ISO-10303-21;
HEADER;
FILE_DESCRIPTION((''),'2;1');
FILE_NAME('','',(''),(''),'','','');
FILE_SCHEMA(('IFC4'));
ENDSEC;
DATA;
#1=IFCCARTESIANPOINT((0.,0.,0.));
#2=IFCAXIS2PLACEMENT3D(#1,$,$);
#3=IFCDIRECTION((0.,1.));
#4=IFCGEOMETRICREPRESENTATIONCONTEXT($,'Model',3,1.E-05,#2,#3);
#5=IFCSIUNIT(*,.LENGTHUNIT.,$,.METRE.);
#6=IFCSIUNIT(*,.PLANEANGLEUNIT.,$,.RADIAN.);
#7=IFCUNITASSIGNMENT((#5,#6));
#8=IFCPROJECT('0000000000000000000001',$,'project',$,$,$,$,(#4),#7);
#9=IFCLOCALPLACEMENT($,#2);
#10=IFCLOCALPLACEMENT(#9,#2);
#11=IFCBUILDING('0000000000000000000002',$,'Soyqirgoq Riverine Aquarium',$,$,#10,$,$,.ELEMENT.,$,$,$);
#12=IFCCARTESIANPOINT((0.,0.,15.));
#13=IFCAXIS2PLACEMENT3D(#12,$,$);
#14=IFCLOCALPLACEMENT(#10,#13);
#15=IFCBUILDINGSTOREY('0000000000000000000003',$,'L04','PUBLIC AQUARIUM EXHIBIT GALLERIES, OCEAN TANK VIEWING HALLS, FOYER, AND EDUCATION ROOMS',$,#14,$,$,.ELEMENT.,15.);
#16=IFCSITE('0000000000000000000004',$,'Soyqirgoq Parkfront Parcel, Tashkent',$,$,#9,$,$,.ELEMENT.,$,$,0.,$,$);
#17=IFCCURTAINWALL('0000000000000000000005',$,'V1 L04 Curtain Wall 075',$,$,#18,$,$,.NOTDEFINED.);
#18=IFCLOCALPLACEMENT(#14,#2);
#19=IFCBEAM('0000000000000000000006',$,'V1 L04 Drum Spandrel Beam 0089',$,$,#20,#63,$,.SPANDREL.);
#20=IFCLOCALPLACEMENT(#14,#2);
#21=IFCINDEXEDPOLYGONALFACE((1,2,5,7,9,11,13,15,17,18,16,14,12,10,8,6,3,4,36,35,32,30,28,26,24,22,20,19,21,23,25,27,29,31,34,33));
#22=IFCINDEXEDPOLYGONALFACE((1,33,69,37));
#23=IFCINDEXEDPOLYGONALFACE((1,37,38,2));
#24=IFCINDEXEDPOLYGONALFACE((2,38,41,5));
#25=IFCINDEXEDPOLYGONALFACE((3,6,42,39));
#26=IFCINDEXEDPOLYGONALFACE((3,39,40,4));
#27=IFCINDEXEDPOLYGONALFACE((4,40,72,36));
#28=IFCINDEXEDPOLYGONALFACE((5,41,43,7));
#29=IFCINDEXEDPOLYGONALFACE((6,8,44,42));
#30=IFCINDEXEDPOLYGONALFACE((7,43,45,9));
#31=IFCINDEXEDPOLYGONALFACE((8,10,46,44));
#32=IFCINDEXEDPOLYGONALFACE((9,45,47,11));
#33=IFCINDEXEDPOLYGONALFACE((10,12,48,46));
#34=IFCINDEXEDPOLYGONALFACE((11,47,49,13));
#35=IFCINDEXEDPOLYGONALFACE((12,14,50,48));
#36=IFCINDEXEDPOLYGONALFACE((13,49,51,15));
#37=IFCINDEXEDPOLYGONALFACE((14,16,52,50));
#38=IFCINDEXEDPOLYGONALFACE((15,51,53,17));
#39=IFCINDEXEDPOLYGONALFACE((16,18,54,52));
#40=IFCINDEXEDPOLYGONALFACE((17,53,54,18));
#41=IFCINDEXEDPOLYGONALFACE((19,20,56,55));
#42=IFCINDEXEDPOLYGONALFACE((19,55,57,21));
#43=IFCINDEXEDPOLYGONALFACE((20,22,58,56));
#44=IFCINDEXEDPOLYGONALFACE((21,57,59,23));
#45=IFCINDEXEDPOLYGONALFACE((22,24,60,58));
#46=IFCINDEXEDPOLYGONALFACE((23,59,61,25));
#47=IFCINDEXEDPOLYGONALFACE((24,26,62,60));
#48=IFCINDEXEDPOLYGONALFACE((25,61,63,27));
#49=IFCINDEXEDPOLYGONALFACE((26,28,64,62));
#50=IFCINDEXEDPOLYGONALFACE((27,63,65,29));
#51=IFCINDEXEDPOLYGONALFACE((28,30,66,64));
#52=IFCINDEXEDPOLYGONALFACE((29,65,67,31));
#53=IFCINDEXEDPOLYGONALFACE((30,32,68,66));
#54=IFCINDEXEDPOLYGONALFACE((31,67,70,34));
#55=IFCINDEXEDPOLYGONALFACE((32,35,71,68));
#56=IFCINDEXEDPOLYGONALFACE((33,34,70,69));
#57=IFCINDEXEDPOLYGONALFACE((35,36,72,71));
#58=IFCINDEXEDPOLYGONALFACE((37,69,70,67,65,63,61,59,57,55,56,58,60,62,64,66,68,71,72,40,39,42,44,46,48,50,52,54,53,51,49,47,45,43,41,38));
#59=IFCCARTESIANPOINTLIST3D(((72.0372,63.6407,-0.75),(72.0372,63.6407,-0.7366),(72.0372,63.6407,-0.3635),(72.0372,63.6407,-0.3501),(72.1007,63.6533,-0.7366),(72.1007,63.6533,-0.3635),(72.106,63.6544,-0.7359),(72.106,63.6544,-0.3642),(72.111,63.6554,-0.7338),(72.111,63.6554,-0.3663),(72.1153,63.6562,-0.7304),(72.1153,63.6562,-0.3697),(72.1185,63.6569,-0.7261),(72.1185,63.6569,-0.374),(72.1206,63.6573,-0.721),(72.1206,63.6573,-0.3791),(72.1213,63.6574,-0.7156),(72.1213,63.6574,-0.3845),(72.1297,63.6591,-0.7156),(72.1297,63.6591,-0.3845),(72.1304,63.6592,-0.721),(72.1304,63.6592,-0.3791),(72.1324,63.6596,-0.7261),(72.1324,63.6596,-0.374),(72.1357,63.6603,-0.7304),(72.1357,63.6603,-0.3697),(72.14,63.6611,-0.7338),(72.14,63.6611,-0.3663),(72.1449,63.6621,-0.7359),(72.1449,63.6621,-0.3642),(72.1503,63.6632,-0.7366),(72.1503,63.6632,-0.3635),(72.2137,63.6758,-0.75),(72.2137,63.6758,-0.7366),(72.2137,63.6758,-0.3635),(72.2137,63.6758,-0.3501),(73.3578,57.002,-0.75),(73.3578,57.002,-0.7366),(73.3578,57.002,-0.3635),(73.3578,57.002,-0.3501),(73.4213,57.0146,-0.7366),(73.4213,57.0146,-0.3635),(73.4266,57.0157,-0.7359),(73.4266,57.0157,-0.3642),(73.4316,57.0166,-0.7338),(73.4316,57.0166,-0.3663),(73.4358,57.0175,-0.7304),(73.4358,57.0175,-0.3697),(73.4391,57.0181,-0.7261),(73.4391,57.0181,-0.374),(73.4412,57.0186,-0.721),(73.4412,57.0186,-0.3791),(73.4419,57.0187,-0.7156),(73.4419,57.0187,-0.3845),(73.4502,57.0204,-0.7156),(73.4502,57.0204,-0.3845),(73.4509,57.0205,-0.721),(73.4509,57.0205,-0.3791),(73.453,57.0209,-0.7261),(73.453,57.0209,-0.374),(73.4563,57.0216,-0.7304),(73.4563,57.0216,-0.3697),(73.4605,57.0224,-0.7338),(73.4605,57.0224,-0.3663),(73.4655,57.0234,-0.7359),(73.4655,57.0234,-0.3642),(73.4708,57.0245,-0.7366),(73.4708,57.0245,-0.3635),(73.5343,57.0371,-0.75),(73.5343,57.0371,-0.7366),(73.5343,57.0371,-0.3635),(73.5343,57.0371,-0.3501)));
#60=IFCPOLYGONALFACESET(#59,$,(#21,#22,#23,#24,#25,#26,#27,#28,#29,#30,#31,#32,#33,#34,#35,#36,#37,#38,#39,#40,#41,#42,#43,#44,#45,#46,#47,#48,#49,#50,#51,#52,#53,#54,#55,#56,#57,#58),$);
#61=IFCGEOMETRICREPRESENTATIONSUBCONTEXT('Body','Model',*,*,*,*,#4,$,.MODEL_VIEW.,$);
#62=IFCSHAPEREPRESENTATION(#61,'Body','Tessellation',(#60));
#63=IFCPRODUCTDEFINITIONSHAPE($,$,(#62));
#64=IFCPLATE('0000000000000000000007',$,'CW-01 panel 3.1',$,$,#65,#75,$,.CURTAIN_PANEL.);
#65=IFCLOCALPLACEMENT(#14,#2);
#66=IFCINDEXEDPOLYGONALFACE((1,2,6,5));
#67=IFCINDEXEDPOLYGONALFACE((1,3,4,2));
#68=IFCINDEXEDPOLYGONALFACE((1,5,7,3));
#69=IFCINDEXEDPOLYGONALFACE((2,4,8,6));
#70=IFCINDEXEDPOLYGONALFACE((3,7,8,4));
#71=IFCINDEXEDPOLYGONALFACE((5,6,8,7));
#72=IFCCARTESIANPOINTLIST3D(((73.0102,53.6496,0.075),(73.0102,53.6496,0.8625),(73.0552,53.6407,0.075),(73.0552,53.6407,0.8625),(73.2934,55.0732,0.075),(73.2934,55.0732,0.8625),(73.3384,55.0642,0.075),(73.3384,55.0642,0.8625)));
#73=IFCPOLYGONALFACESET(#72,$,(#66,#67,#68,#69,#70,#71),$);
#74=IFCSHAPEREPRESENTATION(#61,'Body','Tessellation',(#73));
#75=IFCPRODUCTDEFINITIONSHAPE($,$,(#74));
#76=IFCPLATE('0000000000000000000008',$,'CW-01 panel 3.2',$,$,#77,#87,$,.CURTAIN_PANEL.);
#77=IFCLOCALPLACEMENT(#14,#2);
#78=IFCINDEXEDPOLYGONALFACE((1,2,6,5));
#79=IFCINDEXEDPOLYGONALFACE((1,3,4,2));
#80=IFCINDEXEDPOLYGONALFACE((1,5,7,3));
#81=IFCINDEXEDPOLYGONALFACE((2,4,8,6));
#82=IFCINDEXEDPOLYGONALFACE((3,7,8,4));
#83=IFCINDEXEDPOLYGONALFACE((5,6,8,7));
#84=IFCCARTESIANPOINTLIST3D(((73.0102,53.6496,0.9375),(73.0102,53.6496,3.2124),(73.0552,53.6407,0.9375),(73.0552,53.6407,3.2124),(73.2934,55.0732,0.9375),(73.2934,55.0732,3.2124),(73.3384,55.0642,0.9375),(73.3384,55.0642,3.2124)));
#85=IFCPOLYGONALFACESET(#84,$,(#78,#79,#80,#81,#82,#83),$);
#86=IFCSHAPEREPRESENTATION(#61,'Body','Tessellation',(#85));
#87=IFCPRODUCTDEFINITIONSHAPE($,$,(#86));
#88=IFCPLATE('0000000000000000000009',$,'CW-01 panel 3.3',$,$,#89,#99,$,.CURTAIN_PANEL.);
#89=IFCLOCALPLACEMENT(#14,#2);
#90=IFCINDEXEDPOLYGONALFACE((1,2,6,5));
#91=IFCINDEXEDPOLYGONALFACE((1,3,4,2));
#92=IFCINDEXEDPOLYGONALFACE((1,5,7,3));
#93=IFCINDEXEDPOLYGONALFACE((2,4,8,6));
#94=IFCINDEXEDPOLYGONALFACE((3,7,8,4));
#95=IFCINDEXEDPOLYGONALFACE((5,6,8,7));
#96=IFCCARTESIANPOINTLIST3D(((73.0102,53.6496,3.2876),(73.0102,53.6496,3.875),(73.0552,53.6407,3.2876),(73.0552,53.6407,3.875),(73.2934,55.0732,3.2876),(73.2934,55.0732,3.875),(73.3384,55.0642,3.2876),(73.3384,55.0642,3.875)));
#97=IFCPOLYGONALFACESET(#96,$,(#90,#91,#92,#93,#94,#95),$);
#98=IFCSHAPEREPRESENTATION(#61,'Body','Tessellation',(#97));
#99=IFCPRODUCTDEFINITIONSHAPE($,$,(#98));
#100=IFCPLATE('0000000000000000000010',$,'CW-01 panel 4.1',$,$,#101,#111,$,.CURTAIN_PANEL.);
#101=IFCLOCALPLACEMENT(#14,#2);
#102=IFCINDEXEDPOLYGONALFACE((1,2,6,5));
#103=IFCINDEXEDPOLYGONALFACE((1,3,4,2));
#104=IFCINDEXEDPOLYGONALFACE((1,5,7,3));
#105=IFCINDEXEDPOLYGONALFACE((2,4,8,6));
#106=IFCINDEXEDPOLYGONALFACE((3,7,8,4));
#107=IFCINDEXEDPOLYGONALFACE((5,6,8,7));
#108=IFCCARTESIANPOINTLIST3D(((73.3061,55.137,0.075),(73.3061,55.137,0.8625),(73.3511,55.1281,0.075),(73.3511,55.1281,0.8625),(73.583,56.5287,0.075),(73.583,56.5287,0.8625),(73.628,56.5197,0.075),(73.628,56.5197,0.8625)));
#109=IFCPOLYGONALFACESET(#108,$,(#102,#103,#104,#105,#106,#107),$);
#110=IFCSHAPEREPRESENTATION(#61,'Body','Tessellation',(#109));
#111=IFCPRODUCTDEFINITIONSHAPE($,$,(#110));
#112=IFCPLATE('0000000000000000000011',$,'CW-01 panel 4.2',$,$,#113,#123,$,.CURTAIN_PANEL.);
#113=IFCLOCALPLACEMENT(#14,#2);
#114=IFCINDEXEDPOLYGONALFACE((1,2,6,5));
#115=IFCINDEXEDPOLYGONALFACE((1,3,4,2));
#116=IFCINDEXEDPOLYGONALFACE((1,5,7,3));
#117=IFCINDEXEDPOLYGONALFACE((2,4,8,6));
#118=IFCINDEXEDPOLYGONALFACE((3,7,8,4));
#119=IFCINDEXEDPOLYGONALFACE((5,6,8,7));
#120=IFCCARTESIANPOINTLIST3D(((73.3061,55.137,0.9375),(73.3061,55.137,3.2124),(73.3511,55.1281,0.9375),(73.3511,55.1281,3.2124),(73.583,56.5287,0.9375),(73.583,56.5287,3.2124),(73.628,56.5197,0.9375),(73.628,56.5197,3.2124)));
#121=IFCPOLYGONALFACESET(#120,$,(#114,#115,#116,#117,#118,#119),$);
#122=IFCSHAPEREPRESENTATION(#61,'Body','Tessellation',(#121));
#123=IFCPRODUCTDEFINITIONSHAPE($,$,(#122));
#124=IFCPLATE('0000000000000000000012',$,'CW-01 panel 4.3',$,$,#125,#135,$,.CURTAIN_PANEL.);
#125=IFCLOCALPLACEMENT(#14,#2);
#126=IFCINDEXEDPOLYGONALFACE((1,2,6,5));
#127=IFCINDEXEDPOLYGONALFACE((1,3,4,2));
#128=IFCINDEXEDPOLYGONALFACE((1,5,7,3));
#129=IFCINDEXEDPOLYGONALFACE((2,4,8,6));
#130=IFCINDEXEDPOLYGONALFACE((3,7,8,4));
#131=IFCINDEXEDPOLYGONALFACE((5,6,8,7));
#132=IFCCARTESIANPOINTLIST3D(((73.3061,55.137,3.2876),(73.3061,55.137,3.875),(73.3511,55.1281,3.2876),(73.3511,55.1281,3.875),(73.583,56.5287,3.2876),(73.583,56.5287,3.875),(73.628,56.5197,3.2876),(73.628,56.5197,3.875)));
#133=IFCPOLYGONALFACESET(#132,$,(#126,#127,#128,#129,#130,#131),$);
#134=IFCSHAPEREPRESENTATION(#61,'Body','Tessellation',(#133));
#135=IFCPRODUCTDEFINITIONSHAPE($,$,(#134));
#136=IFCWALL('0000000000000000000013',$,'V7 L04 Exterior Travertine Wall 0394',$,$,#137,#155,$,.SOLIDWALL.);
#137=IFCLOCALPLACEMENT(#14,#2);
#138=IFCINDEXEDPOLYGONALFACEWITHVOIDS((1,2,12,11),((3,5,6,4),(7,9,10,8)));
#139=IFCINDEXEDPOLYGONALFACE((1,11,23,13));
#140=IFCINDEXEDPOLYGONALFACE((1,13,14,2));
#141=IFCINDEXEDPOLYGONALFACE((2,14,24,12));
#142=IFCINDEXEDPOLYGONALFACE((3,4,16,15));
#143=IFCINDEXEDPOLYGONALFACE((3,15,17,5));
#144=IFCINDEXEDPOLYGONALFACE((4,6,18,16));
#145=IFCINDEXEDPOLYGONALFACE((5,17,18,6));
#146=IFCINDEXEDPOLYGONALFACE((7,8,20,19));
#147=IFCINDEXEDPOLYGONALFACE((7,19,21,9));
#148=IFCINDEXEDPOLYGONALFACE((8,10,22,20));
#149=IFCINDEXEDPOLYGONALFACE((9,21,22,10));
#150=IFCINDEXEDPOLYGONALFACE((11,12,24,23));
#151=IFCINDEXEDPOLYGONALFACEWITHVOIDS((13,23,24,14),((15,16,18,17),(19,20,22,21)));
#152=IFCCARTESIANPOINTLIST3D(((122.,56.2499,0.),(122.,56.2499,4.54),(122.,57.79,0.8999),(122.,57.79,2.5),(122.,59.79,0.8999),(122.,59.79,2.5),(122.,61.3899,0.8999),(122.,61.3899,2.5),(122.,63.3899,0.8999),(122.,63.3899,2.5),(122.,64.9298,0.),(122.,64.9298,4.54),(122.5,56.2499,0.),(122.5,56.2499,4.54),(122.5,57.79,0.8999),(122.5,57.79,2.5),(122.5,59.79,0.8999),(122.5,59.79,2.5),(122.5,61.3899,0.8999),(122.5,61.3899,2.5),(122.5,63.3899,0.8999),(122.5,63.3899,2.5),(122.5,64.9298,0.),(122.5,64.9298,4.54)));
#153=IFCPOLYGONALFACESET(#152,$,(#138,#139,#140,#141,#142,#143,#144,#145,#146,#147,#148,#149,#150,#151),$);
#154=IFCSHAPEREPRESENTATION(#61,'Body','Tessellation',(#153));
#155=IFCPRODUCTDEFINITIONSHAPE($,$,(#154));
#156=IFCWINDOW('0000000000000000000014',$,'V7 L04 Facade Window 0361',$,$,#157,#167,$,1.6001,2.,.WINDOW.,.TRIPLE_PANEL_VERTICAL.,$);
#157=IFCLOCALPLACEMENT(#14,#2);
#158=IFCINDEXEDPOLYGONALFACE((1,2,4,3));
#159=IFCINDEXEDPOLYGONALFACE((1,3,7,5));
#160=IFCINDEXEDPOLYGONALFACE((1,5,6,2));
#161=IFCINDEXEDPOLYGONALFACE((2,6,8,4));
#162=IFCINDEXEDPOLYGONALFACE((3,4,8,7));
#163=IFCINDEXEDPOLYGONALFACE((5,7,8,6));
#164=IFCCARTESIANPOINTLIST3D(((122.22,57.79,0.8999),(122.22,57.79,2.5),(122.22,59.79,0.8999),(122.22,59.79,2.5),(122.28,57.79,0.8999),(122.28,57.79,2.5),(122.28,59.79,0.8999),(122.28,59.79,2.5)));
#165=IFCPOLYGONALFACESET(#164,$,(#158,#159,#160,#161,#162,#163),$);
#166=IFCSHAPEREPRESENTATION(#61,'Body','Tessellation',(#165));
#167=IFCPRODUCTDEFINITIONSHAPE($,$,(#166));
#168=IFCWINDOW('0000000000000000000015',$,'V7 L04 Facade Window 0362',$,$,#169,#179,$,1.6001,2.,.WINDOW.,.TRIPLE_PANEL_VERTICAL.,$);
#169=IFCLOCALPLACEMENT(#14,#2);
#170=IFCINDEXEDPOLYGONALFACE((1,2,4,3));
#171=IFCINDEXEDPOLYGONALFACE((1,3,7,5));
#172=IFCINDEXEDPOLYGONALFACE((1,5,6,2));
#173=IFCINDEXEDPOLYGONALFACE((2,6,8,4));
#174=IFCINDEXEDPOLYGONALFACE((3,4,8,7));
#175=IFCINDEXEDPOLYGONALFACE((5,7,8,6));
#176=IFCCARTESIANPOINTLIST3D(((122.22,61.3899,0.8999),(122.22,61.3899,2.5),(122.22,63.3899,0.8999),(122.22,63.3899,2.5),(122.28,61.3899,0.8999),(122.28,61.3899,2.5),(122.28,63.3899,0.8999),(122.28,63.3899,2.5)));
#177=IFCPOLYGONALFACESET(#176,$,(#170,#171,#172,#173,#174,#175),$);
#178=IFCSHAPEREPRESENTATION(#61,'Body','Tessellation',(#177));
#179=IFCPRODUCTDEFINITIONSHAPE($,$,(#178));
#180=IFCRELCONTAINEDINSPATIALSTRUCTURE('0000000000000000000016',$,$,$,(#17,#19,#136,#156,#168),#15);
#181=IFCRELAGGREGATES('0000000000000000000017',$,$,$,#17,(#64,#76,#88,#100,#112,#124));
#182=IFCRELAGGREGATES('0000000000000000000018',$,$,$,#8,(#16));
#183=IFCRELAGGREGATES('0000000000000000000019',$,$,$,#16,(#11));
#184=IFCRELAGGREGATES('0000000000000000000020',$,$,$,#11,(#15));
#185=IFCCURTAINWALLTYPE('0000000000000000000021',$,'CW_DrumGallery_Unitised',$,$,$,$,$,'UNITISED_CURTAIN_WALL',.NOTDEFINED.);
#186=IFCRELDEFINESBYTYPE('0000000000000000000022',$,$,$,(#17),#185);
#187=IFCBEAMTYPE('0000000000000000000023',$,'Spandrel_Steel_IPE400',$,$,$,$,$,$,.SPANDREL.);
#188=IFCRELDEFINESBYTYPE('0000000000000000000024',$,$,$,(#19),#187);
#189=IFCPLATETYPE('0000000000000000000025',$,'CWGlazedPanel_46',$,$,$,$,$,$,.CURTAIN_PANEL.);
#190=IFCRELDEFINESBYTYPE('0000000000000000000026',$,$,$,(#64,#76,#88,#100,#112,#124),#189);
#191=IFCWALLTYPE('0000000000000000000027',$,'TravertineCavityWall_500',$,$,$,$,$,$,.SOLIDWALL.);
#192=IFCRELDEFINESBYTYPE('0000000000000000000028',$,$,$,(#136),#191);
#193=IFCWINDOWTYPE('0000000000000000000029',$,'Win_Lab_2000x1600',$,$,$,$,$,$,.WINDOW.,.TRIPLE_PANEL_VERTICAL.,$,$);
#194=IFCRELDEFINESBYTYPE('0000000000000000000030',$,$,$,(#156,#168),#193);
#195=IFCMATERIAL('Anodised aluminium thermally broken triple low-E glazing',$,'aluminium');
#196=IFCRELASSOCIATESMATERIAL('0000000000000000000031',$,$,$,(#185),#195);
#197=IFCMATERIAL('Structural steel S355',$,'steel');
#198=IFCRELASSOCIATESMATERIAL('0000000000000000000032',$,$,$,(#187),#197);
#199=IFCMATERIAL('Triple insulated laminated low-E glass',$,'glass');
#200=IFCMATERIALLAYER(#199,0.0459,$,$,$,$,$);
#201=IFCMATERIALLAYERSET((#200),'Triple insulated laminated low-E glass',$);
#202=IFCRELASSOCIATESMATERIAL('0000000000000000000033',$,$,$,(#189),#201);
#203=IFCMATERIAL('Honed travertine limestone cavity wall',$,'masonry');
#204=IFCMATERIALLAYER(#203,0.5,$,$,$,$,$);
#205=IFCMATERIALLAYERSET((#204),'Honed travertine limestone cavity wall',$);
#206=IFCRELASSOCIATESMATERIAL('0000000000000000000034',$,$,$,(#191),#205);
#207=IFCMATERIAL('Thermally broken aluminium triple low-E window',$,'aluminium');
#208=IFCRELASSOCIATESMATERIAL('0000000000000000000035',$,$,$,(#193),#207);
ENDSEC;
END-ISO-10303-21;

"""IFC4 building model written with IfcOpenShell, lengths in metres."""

from ifc_helpers import new_model, si_unit, direction, frame, frame_2d, origin, origin_2d, place, context, subcontext, project, spatial, rectangle, i_section, extrude, material, layer, layer_set, material_profile, profile_set, type_object, element, fill, aggregate, save


model = new_model("IFC4")

# Units and contexts
model_context = context("Model", 3, precision=1e-05, world=origin(), true_north=direction((0.0, 1.0)))
body_context = subcontext(model_context, "Body", "Model", "MODEL_VIEW")
ifc_project = project(units=[si_unit("LENGTHUNIT", "METRE"), si_unit("PLANEANGLEUNIT", "RADIAN")], contexts=[model_context])

# Site, building, storey
site_placement = place(None, origin())
site = spatial("IfcSite", under=ifc_project, at=site_placement, Name="Soyqirgoq Parkfront Parcel, Tashkent", CompositionType="ELEMENT", RefElevation=0.0)
building_placement = place(site_placement, origin())
building = spatial("IfcBuilding", under=site, at=building_placement, Name="Soyqirgoq Riverine Aquarium", CompositionType="ELEMENT")
storey_placement = place(building_placement, frame((0.0, 0.0, 15.0)))
storey = spatial("IfcBuildingStorey", under=building, at=storey_placement, Name="L04", Description="PUBLIC AQUARIUM EXHIBIT GALLERIES, OCEAN TANK VIEWING HALLS, FOYER, AND EDUCATION ROOMS", CompositionType="ELEMENT", Elevation=15.0)

# Curtain wall
ifc_material_1 = material(Name="Anodised aluminium thermally broken triple low-E glazing", Category="aluminium")
curtain_wall_type = type_object("IfcCurtainWallType", Name="CW_DrumGallery_Unitised", ElementType="UNITISED_CURTAIN_WALL", PredefinedType="NOTDEFINED", material=ifc_material_1)
curtain_wall_placement = place(storey_placement, origin())
curtain_wall = element("IfcCurtainWall", 1, at=curtain_wall_placement, inside=storey, type_object=curtain_wall_type, Name="V1 L04 Curtain Wall 075", PredefinedType="NOTDEFINED")

# Beam
ifc_material_2 = material(Name="Structural steel S355", Category="steel")
ifc_material_profile_1 = material_profile(ifc_material_2, i_section(OverallWidth=0.1799, OverallDepth=0.3999, WebThickness=0.0085, FlangeThickness=0.0134, FilletRadius=0.021, at=origin_2d()), Name="IPE 400")
ifc_profile_set_1 = profile_set([ifc_material_profile_1], Name="Structural steel S355")
beam_type = type_object("IfcBeamType", Name="Spandrel_Steel_IPE400", PredefinedType="SPANDREL", material=ifc_profile_set_1)
beam_placement = place(storey_placement, frame((73.446, 57.0195, -0.55), z_axis=(-0.195096, 0.980784, 0.0), x_axis=(-0.980784, -0.195096, 0.0)))
element("IfcBeam", 2, at=beam_placement, inside=storey, type_object=beam_type, Name="V1 L04 Drum Spandrel Beam 0089", PredefinedType="SPANDREL", context=body_context, shape_type="SweptSolid", body=[
    extrude(i_section(OverallWidth=0.1799, OverallDepth=0.3999, WebThickness=0.0085, FlangeThickness=0.0134, FilletRadius=0.021, at=origin_2d()), origin(), (0.0, 0.0, 1.0), 6.7688),
])

# Plates
ifc_material_3 = material(Name="Triple insulated laminated low-E glass", Category="glass")
ifc_layer_1 = layer(ifc_material_3, 0.0459)
ifc_layer_set_1 = layer_set([ifc_layer_1], Name="Triple insulated laminated low-E glass")
plate_type = type_object("IfcPlateType", Name="CWGlazedPanel_46", PredefinedType="CURTAIN_PANEL", material=ifc_layer_set_1)
plate_1_placement = place(storey_placement, frame((73.1743, 54.3569, 0.075), z_axis=(0.0, 0.0, 1.0), x_axis=(0.195102, 0.980783, 0.0)))
plate_1 = element("IfcPlate", 3, at=plate_1_placement, type_object=plate_type, Name="CW-01 panel 3.1", PredefinedType="CURTAIN_PANEL", context=body_context, shape_type="SweptSolid", body=[
    extrude(rectangle(XDim=1.4514, YDim=0.0459, at=origin_2d()), origin(), (0.0, 0.0, 1.0), 0.7876),
])
plate_2_placement = place(storey_placement, frame((73.1743, 54.3569, 0.9375), z_axis=(0.0, 0.0, 1.0), x_axis=(0.195102, 0.980783, 0.0)))
plate_2 = element("IfcPlate", 4, at=plate_2_placement, type_object=plate_type, Name="CW-01 panel 3.2", PredefinedType="CURTAIN_PANEL", context=body_context, shape_type="SweptSolid", body=[
    extrude(rectangle(XDim=1.4514, YDim=0.0459, at=origin_2d()), origin(), (0.0, 0.0, 1.0), 2.2749),
])
plate_3_placement = place(storey_placement, frame((73.1743, 54.3569, 3.2876), z_axis=(0.0, 0.0, 1.0), x_axis=(0.195102, 0.980783, 0.0)))
plate_3 = element("IfcPlate", 5, at=plate_3_placement, type_object=plate_type, Name="CW-01 panel 3.3", PredefinedType="CURTAIN_PANEL", context=body_context, shape_type="SweptSolid", body=[
    extrude(rectangle(XDim=1.4514, YDim=0.0459, at=origin_2d()), origin(), (0.0, 0.0, 1.0), 0.5874),
])
plate_4_placement = place(storey_placement, frame((73.467, 55.8284, 0.075), z_axis=(0.0, 0.0, 1.0), x_axis=(0.195102, 0.980783, 0.0)))
plate_4 = element("IfcPlate", 6, at=plate_4_placement, type_object=plate_type, Name="CW-01 panel 4.1", PredefinedType="CURTAIN_PANEL", context=body_context, shape_type="SweptSolid", body=[
    extrude(rectangle(XDim=1.4189, YDim=0.0459, at=origin_2d()), origin(), (0.0, 0.0, 1.0), 0.7876),
])
plate_5_placement = place(storey_placement, frame((73.467, 55.8284, 0.9375), z_axis=(0.0, 0.0, 1.0), x_axis=(0.195102, 0.980783, 0.0)))
plate_5 = element("IfcPlate", 7, at=plate_5_placement, type_object=plate_type, Name="CW-01 panel 4.2", PredefinedType="CURTAIN_PANEL", context=body_context, shape_type="SweptSolid", body=[
    extrude(rectangle(XDim=1.4189, YDim=0.0459, at=origin_2d()), origin(), (0.0, 0.0, 1.0), 2.2749),
])
plate_6_placement = place(storey_placement, frame((73.467, 55.8284, 3.2876), z_axis=(0.0, 0.0, 1.0), x_axis=(0.195102, 0.980783, 0.0)))
plate_6 = element("IfcPlate", 8, at=plate_6_placement, type_object=plate_type, Name="CW-01 panel 4.3", PredefinedType="CURTAIN_PANEL", context=body_context, shape_type="SweptSolid", body=[
    extrude(rectangle(XDim=1.4189, YDim=0.0459, at=origin_2d()), origin(), (0.0, 0.0, 1.0), 0.5874),
])
aggregate(curtain_wall, [plate_1, plate_2, plate_3, plate_4, plate_5, plate_6])

# Wall, openings, windows
ifc_material_4 = material(Name="Honed travertine limestone cavity wall", Category="masonry")
ifc_layer_2 = layer(ifc_material_4, 0.5)
ifc_layer_set_2 = layer_set([ifc_layer_2], Name="Honed travertine limestone cavity wall")
wall_type = type_object("IfcWallType", Name="TravertineCavityWall_500", PredefinedType="SOLIDWALL", material=ifc_layer_set_2)
wall_placement = place(storey_placement, frame((122.25, 56.25, 0.0), z_axis=(0.0, 0.0, 1.0), x_axis=(0.0, 1.0, 0.0)))
wall = element("IfcWall", 9, at=wall_placement, inside=storey, type_object=wall_type, Name="V7 L04 Exterior Travertine Wall 0394", PredefinedType="SOLIDWALL", context=body_context, shape_type="SweptSolid", body=[
    extrude(rectangle(XDim=8.6799, YDim=0.5, at=frame_2d((4.3398, 0.0))), origin(), (0.0, 0.0, 1.0), 4.54),
])
opening_1_placement = place(wall_placement, frame((1.54, 0.0, 0.8999)))
opening_1 = element("IfcOpeningElement", 10, at=opening_1_placement, cuts=wall, PredefinedType="OPENING", context=body_context, shape_type="SweptSolid", body=[
    extrude(rectangle(XDim=2.0, YDim=1.6001, at=frame_2d((1.0, 0.8))), frame((0.0, 0.26, 0.0), z_axis=(0.0, -1.0, 0.0), x_axis=(1.0, 0.0, 0.0)), (0.0, 0.0, 1.0), 0.52),
])
opening_2_placement = place(wall_placement, frame((5.1399, 0.0, 0.8999)))
opening_2 = element("IfcOpeningElement", 11, at=opening_2_placement, cuts=wall, PredefinedType="OPENING", context=body_context, shape_type="SweptSolid", body=[
    extrude(rectangle(XDim=2.0, YDim=1.6001, at=frame_2d((1.0, 0.8))), frame((0.0, 0.26, 0.0), z_axis=(0.0, -1.0, 0.0), x_axis=(1.0, 0.0, 0.0)), (0.0, 0.0, 1.0), 0.52),
])
ifc_material_5 = material(Name="Thermally broken aluminium triple low-E window", Category="aluminium")
window_type = type_object("IfcWindowType", Name="Win_Lab_2000x1600", PartitioningType="TRIPLE_PANEL_VERTICAL", PredefinedType="WINDOW", material=ifc_material_5)
window_1_placement = place(opening_1_placement, origin())
window_1 = element("IfcWindow", 12, at=window_1_placement, inside=storey, type_object=window_type, Name="V7 L04 Facade Window 0361", OverallHeight=1.6001, OverallWidth=2.0, PartitioningType="TRIPLE_PANEL_VERTICAL", PredefinedType="WINDOW", context=body_context, shape_type="SweptSolid", body=[
    extrude(rectangle(XDim=2.0, YDim=1.6001, at=frame_2d((1.0, 0.8))), frame((0.0, 0.03, 0.0), z_axis=(0.0, -1.0, 0.0), x_axis=(1.0, 0.0, 0.0)), (0.0, 0.0, 1.0), 0.0601),
])
fill(opening_1, window_1)
window_2_placement = place(opening_2_placement, origin())
window_2 = element("IfcWindow", 13, at=window_2_placement, inside=storey, type_object=window_type, Name="V7 L04 Facade Window 0362", OverallHeight=1.6001, OverallWidth=2.0, PartitioningType="TRIPLE_PANEL_VERTICAL", PredefinedType="WINDOW", context=body_context, shape_type="SweptSolid", body=[
    extrude(rectangle(XDim=2.0, YDim=1.6001, at=frame_2d((1.0, 0.8))), frame((0.0, 0.03, 0.0), z_axis=(0.0, -1.0, 0.0), x_axis=(1.0, 0.0, 0.0)), (0.0, 0.0, 1.0), 0.0601),
])
fill(opening_2, window_2)

save(model, "model.ifc")
